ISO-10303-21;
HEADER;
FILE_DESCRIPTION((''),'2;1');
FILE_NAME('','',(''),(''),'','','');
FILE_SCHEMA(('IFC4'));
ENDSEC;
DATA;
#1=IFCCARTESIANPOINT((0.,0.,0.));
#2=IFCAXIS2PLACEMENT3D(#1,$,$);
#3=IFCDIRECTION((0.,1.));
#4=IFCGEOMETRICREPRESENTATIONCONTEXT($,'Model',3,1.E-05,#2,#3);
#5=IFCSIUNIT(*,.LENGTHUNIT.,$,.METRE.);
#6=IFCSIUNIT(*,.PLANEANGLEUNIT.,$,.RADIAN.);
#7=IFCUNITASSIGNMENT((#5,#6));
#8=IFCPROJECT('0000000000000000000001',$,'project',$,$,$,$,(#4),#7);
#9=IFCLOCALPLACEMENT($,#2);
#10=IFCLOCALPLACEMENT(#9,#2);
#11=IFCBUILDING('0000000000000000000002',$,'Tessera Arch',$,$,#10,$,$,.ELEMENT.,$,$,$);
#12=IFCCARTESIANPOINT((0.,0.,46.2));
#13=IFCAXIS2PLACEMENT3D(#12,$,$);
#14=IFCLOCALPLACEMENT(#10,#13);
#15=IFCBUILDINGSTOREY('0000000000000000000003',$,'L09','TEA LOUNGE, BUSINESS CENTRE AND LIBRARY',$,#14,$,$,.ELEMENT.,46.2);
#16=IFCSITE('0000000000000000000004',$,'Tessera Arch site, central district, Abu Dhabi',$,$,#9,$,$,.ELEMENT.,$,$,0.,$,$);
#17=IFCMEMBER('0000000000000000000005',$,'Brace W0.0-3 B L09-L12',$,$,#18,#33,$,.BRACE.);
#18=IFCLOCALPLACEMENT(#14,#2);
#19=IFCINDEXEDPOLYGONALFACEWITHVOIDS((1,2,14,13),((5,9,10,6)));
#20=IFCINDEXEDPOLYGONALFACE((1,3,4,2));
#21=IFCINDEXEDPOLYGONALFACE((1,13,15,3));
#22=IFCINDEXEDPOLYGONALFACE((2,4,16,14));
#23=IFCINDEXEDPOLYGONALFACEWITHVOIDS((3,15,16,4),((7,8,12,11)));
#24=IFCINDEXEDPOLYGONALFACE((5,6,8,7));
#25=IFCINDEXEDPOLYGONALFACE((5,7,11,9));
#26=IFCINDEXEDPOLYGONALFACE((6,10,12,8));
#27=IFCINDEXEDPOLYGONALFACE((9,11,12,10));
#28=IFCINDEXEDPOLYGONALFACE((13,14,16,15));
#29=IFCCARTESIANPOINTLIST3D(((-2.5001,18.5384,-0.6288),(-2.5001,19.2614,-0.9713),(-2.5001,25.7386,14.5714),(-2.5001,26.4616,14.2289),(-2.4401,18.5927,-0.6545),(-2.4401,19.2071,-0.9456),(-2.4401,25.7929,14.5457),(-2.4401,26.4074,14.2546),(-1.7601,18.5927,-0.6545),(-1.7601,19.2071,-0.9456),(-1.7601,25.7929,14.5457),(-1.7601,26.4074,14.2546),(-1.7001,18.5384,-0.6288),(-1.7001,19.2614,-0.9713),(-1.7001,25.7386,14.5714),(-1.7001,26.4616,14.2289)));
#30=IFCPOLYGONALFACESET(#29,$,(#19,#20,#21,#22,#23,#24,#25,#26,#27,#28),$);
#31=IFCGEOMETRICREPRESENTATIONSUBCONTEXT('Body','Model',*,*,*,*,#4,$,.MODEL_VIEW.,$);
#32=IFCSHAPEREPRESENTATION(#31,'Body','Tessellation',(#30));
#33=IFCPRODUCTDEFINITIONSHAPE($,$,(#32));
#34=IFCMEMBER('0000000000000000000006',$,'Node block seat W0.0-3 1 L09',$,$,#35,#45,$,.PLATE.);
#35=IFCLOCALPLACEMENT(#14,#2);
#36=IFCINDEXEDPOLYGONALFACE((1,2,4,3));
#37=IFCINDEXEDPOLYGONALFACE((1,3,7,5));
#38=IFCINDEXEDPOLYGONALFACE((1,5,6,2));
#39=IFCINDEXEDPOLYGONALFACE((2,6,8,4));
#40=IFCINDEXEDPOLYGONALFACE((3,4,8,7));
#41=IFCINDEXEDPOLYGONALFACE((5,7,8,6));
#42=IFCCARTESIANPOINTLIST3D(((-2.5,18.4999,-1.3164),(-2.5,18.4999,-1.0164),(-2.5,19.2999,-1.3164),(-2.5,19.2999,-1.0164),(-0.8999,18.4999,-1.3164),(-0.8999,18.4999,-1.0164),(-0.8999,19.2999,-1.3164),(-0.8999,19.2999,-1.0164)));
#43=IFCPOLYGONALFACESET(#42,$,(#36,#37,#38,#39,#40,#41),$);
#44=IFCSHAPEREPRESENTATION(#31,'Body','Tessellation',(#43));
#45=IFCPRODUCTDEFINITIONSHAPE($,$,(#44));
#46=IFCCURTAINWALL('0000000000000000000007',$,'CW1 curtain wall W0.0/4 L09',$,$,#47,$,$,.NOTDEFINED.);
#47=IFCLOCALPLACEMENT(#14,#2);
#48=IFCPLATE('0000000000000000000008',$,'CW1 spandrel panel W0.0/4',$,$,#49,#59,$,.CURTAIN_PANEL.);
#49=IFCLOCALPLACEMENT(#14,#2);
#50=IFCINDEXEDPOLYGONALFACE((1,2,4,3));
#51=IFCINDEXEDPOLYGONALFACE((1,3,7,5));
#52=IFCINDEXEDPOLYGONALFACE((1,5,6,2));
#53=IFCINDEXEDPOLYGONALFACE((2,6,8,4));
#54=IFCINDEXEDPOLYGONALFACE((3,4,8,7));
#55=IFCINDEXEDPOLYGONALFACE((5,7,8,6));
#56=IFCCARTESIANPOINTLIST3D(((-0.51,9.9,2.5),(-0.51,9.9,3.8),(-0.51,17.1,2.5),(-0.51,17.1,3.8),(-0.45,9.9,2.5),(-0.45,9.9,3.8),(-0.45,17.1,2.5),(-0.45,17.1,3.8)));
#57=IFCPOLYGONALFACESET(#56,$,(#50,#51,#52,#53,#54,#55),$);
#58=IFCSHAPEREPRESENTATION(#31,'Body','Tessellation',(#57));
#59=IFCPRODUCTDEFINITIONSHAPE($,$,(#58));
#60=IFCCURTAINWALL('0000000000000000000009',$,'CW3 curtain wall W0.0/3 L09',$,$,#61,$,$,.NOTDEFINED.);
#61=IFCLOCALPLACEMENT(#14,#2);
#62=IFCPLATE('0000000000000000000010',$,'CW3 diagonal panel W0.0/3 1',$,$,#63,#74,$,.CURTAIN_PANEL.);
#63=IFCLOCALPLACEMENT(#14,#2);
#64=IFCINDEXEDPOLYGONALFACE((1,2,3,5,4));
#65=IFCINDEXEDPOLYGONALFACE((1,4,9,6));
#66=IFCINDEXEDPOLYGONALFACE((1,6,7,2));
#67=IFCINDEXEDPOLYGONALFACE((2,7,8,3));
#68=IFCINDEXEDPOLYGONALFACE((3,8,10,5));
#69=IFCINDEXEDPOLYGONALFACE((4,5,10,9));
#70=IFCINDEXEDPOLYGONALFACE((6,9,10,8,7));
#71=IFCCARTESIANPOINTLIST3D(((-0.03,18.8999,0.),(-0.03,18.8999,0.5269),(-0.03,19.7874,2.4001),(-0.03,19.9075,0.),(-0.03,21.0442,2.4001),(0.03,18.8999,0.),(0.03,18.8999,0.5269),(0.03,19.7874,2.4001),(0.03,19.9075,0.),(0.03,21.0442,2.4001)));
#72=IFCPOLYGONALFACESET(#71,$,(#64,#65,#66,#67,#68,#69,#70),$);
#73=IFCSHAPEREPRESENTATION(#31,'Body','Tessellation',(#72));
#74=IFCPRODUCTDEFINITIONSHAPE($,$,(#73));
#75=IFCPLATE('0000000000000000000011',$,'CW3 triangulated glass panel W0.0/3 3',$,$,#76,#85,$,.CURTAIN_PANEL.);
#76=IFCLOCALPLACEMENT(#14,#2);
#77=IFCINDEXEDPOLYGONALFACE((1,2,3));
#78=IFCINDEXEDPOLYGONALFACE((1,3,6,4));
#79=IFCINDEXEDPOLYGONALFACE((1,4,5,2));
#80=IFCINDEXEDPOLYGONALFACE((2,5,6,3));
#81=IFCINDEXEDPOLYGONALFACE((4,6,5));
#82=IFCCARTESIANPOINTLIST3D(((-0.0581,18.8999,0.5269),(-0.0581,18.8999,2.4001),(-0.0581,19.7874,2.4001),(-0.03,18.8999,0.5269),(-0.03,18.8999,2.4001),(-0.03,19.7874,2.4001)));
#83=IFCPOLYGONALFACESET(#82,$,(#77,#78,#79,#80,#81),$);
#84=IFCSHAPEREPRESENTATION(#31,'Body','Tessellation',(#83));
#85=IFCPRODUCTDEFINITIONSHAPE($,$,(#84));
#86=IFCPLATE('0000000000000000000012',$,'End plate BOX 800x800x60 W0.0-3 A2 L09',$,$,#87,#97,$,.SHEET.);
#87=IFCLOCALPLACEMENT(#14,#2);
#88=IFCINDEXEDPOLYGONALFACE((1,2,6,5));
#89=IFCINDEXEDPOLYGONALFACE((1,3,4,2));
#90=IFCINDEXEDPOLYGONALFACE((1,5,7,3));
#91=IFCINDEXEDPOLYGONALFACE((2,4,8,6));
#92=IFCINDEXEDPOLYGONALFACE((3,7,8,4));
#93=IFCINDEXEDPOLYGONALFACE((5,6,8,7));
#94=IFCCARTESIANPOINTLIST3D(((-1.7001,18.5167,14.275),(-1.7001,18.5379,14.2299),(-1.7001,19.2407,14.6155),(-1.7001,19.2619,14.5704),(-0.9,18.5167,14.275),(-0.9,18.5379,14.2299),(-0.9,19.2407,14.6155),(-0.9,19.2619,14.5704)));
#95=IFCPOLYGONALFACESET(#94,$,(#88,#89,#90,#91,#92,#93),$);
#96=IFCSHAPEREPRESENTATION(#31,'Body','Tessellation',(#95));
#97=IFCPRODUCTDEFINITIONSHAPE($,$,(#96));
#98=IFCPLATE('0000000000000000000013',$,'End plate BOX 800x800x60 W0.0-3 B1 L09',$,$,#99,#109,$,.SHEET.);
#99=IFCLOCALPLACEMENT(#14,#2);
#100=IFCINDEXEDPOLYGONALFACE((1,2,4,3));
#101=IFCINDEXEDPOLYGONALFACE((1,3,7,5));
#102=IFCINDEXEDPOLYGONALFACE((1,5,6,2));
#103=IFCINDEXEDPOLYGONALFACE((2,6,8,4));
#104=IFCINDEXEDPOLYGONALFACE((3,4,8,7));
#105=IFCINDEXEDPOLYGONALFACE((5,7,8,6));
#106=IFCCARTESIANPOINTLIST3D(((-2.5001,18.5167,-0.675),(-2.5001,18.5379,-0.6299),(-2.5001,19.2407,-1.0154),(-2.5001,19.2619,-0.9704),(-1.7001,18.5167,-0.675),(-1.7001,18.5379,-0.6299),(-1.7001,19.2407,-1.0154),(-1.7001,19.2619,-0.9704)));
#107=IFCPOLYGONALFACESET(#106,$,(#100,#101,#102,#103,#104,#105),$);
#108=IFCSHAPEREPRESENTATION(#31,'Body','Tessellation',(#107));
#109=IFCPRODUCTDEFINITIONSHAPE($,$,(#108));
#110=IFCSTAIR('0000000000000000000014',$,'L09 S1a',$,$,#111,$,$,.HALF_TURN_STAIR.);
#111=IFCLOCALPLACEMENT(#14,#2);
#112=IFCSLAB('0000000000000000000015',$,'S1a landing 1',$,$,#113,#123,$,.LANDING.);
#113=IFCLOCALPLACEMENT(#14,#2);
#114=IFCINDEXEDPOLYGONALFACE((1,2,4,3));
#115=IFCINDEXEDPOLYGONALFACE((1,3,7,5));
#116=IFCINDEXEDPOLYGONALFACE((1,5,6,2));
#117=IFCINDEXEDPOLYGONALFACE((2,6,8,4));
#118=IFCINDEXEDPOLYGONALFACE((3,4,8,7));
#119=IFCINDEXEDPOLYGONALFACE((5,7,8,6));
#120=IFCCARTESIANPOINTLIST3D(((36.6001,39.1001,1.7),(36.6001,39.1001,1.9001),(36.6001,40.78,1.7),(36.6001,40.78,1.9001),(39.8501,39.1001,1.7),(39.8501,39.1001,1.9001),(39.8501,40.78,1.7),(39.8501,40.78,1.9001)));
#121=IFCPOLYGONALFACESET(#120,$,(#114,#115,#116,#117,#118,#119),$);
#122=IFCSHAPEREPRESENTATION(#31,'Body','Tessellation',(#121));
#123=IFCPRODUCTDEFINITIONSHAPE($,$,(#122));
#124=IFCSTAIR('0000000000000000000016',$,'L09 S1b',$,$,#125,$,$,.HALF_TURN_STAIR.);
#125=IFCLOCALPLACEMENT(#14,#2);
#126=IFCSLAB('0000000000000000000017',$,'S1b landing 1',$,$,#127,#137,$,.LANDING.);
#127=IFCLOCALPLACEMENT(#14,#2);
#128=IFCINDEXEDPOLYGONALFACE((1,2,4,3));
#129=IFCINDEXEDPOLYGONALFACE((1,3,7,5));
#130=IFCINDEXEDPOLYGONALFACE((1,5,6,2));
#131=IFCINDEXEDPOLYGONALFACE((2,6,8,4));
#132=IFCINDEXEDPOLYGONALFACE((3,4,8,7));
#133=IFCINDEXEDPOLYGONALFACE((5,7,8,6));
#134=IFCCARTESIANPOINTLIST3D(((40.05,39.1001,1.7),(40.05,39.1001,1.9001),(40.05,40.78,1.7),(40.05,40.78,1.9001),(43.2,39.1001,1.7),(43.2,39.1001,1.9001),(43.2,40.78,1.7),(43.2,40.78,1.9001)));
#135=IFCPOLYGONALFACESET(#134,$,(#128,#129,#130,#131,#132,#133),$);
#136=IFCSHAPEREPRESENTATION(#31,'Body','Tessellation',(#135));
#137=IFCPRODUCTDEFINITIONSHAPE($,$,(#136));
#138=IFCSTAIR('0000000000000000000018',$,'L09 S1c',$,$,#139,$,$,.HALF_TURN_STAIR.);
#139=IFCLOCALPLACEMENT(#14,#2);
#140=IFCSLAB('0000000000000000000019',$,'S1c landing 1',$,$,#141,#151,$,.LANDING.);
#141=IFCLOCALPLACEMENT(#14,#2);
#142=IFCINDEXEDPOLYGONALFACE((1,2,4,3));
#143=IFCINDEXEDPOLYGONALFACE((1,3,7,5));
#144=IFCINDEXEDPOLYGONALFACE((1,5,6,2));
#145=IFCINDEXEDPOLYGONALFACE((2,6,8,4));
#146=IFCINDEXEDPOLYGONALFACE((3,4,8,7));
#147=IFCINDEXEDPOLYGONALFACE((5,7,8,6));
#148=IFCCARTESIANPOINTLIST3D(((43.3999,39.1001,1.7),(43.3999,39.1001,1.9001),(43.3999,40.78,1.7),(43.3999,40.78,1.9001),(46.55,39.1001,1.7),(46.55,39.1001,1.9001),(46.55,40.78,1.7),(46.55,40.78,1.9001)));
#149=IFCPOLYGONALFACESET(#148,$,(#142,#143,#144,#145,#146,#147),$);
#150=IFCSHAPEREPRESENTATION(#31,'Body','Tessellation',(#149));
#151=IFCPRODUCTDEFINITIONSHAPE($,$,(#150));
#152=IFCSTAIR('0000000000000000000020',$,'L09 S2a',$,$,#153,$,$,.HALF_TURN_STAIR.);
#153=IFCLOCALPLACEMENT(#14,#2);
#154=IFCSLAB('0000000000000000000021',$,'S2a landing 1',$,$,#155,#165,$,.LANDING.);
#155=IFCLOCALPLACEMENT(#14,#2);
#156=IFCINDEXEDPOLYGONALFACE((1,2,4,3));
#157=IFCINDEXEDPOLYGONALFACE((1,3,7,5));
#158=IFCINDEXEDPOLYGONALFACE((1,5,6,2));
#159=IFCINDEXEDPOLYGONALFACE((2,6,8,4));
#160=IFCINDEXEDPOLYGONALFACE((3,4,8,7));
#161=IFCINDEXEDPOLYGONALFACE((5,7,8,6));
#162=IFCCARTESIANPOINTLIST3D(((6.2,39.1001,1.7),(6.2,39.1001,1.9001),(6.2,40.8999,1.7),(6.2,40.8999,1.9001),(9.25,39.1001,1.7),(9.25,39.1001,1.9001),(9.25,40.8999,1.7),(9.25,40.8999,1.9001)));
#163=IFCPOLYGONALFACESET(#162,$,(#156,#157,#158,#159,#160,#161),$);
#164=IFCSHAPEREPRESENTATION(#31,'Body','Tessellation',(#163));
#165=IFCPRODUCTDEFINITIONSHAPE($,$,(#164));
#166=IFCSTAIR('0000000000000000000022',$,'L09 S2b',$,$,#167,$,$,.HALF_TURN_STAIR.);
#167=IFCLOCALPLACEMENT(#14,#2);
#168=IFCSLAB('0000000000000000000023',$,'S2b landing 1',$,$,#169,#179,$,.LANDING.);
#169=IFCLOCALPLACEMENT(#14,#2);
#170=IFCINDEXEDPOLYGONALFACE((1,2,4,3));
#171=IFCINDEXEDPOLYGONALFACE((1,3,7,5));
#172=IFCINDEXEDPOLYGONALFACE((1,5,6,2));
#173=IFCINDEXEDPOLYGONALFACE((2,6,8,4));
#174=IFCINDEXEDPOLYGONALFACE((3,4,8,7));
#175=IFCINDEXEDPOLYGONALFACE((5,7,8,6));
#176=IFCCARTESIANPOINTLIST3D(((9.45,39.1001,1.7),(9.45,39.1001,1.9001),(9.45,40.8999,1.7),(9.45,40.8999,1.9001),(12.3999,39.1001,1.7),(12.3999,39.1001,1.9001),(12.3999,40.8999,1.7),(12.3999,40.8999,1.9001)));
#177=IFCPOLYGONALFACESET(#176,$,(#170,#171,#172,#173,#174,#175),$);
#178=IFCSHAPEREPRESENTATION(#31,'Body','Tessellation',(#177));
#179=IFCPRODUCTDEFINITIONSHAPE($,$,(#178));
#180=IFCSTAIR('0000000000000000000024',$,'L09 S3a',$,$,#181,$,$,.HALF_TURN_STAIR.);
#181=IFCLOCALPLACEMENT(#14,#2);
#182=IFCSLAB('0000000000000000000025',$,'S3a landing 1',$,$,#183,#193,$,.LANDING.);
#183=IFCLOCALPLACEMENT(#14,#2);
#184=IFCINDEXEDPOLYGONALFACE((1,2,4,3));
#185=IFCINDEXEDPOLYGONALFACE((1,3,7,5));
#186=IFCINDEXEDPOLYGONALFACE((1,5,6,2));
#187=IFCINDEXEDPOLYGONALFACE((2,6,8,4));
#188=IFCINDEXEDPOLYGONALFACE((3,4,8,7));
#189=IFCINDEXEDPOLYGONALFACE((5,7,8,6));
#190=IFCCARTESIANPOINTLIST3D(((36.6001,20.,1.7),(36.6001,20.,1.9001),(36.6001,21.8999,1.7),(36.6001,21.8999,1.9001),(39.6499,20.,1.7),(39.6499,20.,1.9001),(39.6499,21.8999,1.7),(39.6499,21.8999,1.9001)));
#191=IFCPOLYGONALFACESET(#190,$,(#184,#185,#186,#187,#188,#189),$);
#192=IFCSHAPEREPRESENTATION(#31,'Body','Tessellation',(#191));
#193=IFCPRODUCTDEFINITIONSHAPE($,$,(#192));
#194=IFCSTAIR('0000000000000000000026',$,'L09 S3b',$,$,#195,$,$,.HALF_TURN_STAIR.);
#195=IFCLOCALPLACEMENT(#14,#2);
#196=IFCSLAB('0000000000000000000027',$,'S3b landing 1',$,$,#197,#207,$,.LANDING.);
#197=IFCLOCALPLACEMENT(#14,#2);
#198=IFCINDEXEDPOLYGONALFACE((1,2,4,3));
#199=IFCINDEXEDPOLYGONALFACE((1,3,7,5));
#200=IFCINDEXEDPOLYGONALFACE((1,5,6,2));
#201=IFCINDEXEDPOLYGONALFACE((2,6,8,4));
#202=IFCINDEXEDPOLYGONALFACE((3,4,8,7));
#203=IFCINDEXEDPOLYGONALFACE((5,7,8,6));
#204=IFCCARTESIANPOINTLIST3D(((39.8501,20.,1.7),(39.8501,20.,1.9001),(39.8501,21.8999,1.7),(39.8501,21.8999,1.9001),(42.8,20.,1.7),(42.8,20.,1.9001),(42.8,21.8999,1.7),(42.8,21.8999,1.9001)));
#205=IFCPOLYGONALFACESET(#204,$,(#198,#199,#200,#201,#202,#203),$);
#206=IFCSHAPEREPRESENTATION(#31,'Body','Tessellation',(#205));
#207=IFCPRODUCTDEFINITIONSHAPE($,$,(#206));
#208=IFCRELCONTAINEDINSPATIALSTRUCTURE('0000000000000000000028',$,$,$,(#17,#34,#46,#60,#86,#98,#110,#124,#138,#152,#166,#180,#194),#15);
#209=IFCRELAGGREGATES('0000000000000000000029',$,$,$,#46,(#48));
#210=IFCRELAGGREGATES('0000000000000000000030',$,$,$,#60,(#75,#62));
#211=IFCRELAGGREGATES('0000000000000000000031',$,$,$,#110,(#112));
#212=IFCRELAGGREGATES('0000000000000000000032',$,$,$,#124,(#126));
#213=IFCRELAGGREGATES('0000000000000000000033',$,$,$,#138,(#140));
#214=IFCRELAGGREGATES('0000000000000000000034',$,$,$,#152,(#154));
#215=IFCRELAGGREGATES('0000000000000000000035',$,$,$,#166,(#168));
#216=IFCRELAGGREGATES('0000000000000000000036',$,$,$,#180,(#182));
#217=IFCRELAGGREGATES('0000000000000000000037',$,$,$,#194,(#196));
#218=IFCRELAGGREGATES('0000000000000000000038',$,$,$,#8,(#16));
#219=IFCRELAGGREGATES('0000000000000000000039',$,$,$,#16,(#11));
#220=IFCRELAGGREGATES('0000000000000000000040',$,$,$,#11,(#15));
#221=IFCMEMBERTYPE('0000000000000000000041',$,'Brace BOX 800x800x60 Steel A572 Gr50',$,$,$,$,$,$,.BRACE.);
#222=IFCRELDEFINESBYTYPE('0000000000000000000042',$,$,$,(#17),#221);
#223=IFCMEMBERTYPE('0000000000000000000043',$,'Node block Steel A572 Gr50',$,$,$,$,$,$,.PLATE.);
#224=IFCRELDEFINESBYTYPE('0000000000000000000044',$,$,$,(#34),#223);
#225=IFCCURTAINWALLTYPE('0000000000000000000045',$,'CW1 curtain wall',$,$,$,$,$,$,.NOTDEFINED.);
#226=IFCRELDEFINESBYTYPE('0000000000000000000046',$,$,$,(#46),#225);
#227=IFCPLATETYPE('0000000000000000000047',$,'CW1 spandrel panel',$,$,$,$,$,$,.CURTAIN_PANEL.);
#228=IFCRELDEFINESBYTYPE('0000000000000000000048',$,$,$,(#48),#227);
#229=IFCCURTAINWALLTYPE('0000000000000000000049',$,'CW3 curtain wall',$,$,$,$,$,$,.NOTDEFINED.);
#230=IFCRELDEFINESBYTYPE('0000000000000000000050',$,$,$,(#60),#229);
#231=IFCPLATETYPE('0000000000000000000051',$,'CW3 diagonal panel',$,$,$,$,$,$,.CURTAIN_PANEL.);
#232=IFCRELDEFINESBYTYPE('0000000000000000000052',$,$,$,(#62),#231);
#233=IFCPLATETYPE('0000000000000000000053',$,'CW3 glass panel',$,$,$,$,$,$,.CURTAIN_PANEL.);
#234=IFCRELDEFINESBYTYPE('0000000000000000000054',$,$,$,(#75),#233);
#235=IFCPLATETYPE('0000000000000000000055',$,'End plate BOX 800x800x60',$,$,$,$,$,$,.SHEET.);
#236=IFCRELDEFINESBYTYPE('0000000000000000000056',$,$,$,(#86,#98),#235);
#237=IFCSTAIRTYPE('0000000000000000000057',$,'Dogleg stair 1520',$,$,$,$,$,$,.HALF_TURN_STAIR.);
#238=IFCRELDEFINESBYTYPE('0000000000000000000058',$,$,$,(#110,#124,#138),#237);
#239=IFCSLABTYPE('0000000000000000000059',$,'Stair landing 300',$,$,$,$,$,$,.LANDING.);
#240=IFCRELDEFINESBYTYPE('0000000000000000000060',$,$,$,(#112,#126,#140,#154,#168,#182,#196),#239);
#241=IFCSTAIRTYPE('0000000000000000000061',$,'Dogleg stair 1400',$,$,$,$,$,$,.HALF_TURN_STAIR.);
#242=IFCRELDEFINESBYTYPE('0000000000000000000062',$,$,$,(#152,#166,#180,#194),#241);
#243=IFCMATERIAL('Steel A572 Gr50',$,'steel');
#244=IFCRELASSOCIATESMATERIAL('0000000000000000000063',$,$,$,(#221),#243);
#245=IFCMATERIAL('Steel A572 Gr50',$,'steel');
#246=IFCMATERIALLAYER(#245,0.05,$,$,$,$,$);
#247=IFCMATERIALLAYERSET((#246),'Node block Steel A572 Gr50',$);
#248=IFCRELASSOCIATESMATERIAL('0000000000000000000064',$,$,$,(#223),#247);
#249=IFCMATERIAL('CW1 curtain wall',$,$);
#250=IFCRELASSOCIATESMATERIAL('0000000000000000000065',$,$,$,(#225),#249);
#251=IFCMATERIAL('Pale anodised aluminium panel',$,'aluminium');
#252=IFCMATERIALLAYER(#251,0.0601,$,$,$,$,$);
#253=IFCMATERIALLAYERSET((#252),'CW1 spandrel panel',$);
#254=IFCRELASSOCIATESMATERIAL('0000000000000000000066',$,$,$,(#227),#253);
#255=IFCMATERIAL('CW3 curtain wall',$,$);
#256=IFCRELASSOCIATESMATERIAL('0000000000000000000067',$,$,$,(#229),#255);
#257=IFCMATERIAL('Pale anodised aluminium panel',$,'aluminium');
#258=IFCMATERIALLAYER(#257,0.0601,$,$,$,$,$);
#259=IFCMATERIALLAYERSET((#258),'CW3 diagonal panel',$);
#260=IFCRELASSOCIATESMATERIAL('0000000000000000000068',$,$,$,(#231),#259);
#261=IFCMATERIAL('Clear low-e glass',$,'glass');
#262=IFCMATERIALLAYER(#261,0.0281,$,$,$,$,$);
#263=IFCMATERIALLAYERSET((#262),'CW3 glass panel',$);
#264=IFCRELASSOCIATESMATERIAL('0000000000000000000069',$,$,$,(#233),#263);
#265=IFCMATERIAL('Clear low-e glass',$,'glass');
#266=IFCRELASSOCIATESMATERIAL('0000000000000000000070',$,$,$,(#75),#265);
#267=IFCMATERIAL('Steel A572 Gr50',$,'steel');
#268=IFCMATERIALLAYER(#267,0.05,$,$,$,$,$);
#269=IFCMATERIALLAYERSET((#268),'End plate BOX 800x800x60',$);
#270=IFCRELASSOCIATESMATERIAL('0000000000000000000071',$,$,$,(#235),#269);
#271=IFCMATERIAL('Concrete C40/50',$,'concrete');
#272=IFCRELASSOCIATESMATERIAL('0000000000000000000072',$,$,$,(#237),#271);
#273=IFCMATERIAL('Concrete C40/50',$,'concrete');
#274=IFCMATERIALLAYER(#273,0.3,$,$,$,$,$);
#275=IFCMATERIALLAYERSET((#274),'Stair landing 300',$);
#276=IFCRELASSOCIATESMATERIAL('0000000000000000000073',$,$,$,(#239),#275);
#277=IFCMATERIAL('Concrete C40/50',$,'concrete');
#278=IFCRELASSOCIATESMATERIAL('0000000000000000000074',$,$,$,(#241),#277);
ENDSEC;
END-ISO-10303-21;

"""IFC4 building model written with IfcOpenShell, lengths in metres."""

from ifc_helpers import new_model, si_unit, direction, frame, origin, origin_2d, place, context, subcontext, project, spatial, polyline, rectangle, hollow_rectangle, outline, extrude, material, layer, layer_set, material_profile, profile_set, type_object, element, aggregate, save


model = new_model("IFC4")

# Units and contexts
model_context = context("Model", 3, precision=1e-05, world=origin(), true_north=direction((0.0, 1.0)))
body_context = subcontext(model_context, "Body", "Model", "MODEL_VIEW")
ifc_project = project(units=[si_unit("LENGTHUNIT", "METRE"), si_unit("PLANEANGLEUNIT", "RADIAN")], contexts=[model_context])

# Site, building, storey
site_placement = place(None, origin())
site = spatial("IfcSite", under=ifc_project, at=site_placement, Name="Tessera Arch site, central district, Abu Dhabi", CompositionType="ELEMENT", RefElevation=0.0)
building_placement = place(site_placement, origin())
building = spatial("IfcBuilding", under=site, at=building_placement, Name="Tessera Arch", CompositionType="ELEMENT")
storey_placement = place(building_placement, frame((0.0, 0.0, 46.2)))
storey = spatial("IfcBuildingStorey", under=building, at=storey_placement, Name="L09", Description="TEA LOUNGE, BUSINESS CENTRE AND LIBRARY", CompositionType="ELEMENT", Elevation=46.2)

# Members
ifc_material_1 = material(Name="Steel A572 Gr50", Category="steel")
ifc_material_profile = material_profile(ifc_material_1, hollow_rectangle(XDim=0.8, YDim=0.8, WallThickness=0.0601, at=origin_2d()), Name="BOX 800x800x60")
ifc_profile_set = profile_set([ifc_material_profile], Name="Steel A572 Gr50")
member_type_1 = type_object("IfcMemberType", Name="Brace BOX 800x800x60 Steel A572 Gr50", PredefinedType="BRACE", material=ifc_profile_set)
member_1_placement = place(storey_placement, frame((-2.1001, 18.8999, -0.8), z_axis=(0.0, 0.428091, 0.903735), x_axis=(-1.0, 0.0, 0.0)))
element("IfcMember", 1, at=member_1_placement, inside=storey, type_object=member_type_1, Name="Brace W0.0-3 B L09-L12", PredefinedType="BRACE", context=body_context, shape_type="SweptSolid", body=[
    extrude(hollow_rectangle(XDim=0.8, YDim=0.8, WallThickness=0.0601, at=origin_2d()), origin(), (0.0, 0.0, 1.0), 16.8193),
])
ifc_material_2 = material(Name="Steel A572 Gr50", Category="steel")
ifc_layer_1 = layer(ifc_material_2, 0.05)
ifc_layer_set_1 = layer_set([ifc_layer_1], Name="Node block Steel A572 Gr50")
member_type_2 = type_object("IfcMemberType", Name="Node block Steel A572 Gr50", PredefinedType="PLATE", material=ifc_layer_set_1)
member_2_placement = place(storey_placement, frame((-1.7, 18.8999, -1.3164), z_axis=(0.0, 0.0, 1.0), x_axis=(0.0, -1.0, 0.0)))
element("IfcMember", 2, at=member_2_placement, inside=storey, type_object=member_type_2, Name="Node block seat W0.0-3 1 L09", PredefinedType="PLATE", context=body_context, shape_type="SweptSolid", body=[
    extrude(rectangle(XDim=0.8, YDim=1.6001, at=origin_2d()), origin(), (0.0, 0.0, 1.0), 0.3),
])

# Curtain wall, plate
ifc_material_3 = material(Name="CW1 curtain wall")
curtain_wall_type_1 = type_object("IfcCurtainWallType", Name="CW1 curtain wall", PredefinedType="NOTDEFINED", material=ifc_material_3)
curtain_wall_1_placement = place(storey_placement, origin())
curtain_wall_1 = element("IfcCurtainWall", 3, at=curtain_wall_1_placement, inside=storey, type_object=curtain_wall_type_1, Name="CW1 curtain wall W0.0/4 L09", PredefinedType="NOTDEFINED")
ifc_material_4 = material(Name="Pale anodised aluminium panel", Category="aluminium")
ifc_layer_2 = layer(ifc_material_4, 0.0601)
ifc_layer_set_2 = layer_set([ifc_layer_2], Name="CW1 spandrel panel")
plate_type_1 = type_object("IfcPlateType", Name="CW1 spandrel panel", PredefinedType="CURTAIN_PANEL", material=ifc_layer_set_2)
plate_1_placement = place(storey_placement, frame((-0.48, 13.5, 2.5), z_axis=(0.0, 0.0, 1.0), x_axis=(0.0, -1.0, 0.0)))
plate_1 = element("IfcPlate", 4, at=plate_1_placement, type_object=plate_type_1, Name="CW1 spandrel panel W0.0/4", PredefinedType="CURTAIN_PANEL", context=body_context, shape_type="SweptSolid", body=[
    extrude(rectangle(XDim=7.2, YDim=0.0601, at=origin_2d()), origin(), (0.0, 0.0, 1.0), 1.3),
])
aggregate(curtain_wall_1, [plate_1])

# Curtain wall, plates
ifc_material_5 = material(Name="CW3 curtain wall")
curtain_wall_type_2 = type_object("IfcCurtainWallType", Name="CW3 curtain wall", PredefinedType="NOTDEFINED", material=ifc_material_5)
curtain_wall_2_placement = place(storey_placement, origin())
curtain_wall_2 = element("IfcCurtainWall", 5, at=curtain_wall_2_placement, inside=storey, type_object=curtain_wall_type_2, Name="CW3 curtain wall W0.0/3 L09", PredefinedType="NOTDEFINED")
ifc_material_6 = material(Name="Pale anodised aluminium panel", Category="aluminium")
ifc_layer_3 = layer(ifc_material_6, 0.0601)
ifc_layer_set_3 = layer_set([ifc_layer_3], Name="CW3 diagonal panel")
plate_type_2 = type_object("IfcPlateType", Name="CW3 diagonal panel", PredefinedType="CURTAIN_PANEL", material=ifc_layer_set_3)
plate_2_placement = place(storey_placement, frame((-0.03, 18.8999, 0.0), z_axis=(-1.0, 0.0, 0.0), x_axis=(0.0, 0.0, 1.0)))
plate_2 = element("IfcPlate", 6, at=plate_2_placement, type_object=plate_type_2, Name="CW3 diagonal panel W0.0/3 1", PredefinedType="CURTAIN_PANEL", context=body_context, shape_type="SweptSolid", body=[
    extrude(outline(polyline([(0.0, 0.0), (0.5269, 0.0), (2.4001, 0.8875), (2.4001, 2.1443), (0.0, 1.0076), (0.0, 0.0)])), origin(), (0.0, 0.0, -1.0), 0.0601),
])
ifc_material_7 = material(Name="Clear low-e glass", Category="glass")
ifc_material_8 = material(Name="Clear low-e glass", Category="glass")
ifc_layer_4 = layer(ifc_material_8, 0.0281)
ifc_layer_set_4 = layer_set([ifc_layer_4], Name="CW3 glass panel")
plate_type_3 = type_object("IfcPlateType", Name="CW3 glass panel", PredefinedType="CURTAIN_PANEL", material=ifc_layer_set_4)
plate_3_placement = place(storey_placement, frame((-0.0581, 18.8999, 2.4001), z_axis=(-1.0, 0.0, 0.0), x_axis=(0.0, 1.0, 0.0)))
plate_3 = element("IfcPlate", 7, at=plate_3_placement, type_object=plate_type_3, material=ifc_material_7, Name="CW3 triangulated glass panel W0.0/3 3", PredefinedType="CURTAIN_PANEL", context=body_context, shape_type="SweptSolid", body=[
    extrude(outline(polyline([(0.0, 0.0), (0.8875, 0.0), (0.0, 1.8733), (0.0, 0.0)])), origin(), (0.0, 0.0, -1.0), 0.0281),
])
aggregate(curtain_wall_2, [plate_3, plate_2])

# Plates
ifc_material_9 = material(Name="Steel A572 Gr50", Category="steel")
ifc_layer_5 = layer(ifc_material_9, 0.05)
ifc_layer_set_5 = layer_set([ifc_layer_5], Name="End plate BOX 800x800x60")
plate_type_4 = type_object("IfcPlateType", Name="End plate BOX 800x800x60", PredefinedType="SHEET", material=ifc_layer_set_5)
for number, where, z_axis, x_axis, name in (
    (8, (-1.3, 18.8999, 14.4001), (0.0, -0.425561, 0.90493), (1.0, 0.0, 0.0), "End plate BOX 800x800x60 W0.0-3 A2 L09"),
    (9, (-2.1001, 18.8787, -0.8452), (0.0, 0.425561, 0.90493), (-1.0, 0.0, 0.0), "End plate BOX 800x800x60 W0.0-3 B1 L09"),
):
    element("IfcPlate", number, at=place(storey_placement, frame(where, z_axis=z_axis, x_axis=x_axis)), inside=storey, type_object=plate_type_4, Name=name, PredefinedType="SHEET", context=body_context, shape_type="SweptSolid", body=[
        extrude(rectangle(XDim=0.8, YDim=0.8, at=origin_2d()), origin(), (0.0, 0.0, 1.0), 0.0498),
    ])

# Stairs, slabs
ifc_material_10 = material(Name="Concrete C40/50", Category="concrete")
stair_type_1 = type_object("IfcStairType", Name="Dogleg stair 1520", PredefinedType="HALF_TURN_STAIR", material=ifc_material_10)
stair_1_placement = place(storey_placement, origin())
stair_1 = element("IfcStair", 10, at=stair_1_placement, inside=storey, type_object=stair_type_1, Name="L09 S1a", PredefinedType="HALF_TURN_STAIR")
ifc_material_11 = material(Name="Concrete C40/50", Category="concrete")
ifc_layer_6 = layer(ifc_material_11, 0.3)
ifc_layer_set_6 = layer_set([ifc_layer_6], Name="Stair landing 300")
slab_type = type_object("IfcSlabType", Name="Stair landing 300", PredefinedType="LANDING", material=ifc_layer_set_6)
slab_1_placement = place(storey_placement, frame((0.0, 0.0, 1.7)))
slab_1 = element("IfcSlab", 11, at=slab_1_placement, type_object=slab_type, Name="S1a landing 1", PredefinedType="LANDING", context=body_context, shape_type="SweptSolid", body=[
    extrude(outline(polyline([(36.6001, 40.78), (36.6001, 39.1001), (39.8501, 39.1001), (39.8501, 40.78), (36.6001, 40.78)])), origin(), (0.0, 0.0, 1.0), 0.2002),
])
aggregate(stair_1, [slab_1])
stair_2_placement = place(storey_placement, origin())
stair_2 = element("IfcStair", 12, at=stair_2_placement, inside=storey, type_object=stair_type_1, Name="L09 S1b", PredefinedType="HALF_TURN_STAIR")
slab_2_placement = place(storey_placement, frame((0.0, 0.0, 1.7)))
slab_2 = element("IfcSlab", 13, at=slab_2_placement, type_object=slab_type, Name="S1b landing 1", PredefinedType="LANDING", context=body_context, shape_type="SweptSolid", body=[
    extrude(outline(polyline([(40.05, 40.78), (40.05, 39.1001), (43.2, 39.1001), (43.2, 40.78), (40.05, 40.78)])), origin(), (0.0, 0.0, 1.0), 0.2002),
])
aggregate(stair_2, [slab_2])
stair_3_placement = place(storey_placement, origin())
stair_3 = element("IfcStair", 14, at=stair_3_placement, inside=storey, type_object=stair_type_1, Name="L09 S1c", PredefinedType="HALF_TURN_STAIR")
slab_3_placement = place(storey_placement, frame((0.0, 0.0, 1.7)))
slab_3 = element("IfcSlab", 15, at=slab_3_placement, type_object=slab_type, Name="S1c landing 1", PredefinedType="LANDING", context=body_context, shape_type="SweptSolid", body=[
    extrude(outline(polyline([(43.3999, 40.78), (43.3999, 39.1001), (46.55, 39.1001), (46.55, 40.78), (43.3999, 40.78)])), origin(), (0.0, 0.0, 1.0), 0.2002),
])
aggregate(stair_3, [slab_3])
ifc_material_12 = material(Name="Concrete C40/50", Category="concrete")
stair_type_2 = type_object("IfcStairType", Name="Dogleg stair 1400", PredefinedType="HALF_TURN_STAIR", material=ifc_material_12)
stair_4_placement = place(storey_placement, origin())
stair_4 = element("IfcStair", 16, at=stair_4_placement, inside=storey, type_object=stair_type_2, Name="L09 S2a", PredefinedType="HALF_TURN_STAIR")
slab_4_placement = place(storey_placement, frame((0.0, 0.0, 1.7)))
slab_4 = element("IfcSlab", 17, at=slab_4_placement, type_object=slab_type, Name="S2a landing 1", PredefinedType="LANDING", context=body_context, shape_type="SweptSolid", body=[
    extrude(outline(polyline([(6.2, 40.8999), (6.2, 39.1001), (9.25, 39.1001), (9.25, 40.8999), (6.2, 40.8999)])), origin(), (0.0, 0.0, 1.0), 0.2002),
])
aggregate(stair_4, [slab_4])
stair_5_placement = place(storey_placement, origin())
stair_5 = element("IfcStair", 18, at=stair_5_placement, inside=storey, type_object=stair_type_2, Name="L09 S2b", PredefinedType="HALF_TURN_STAIR")
slab_5_placement = place(storey_placement, frame((0.0, 0.0, 1.7)))
slab_5 = element("IfcSlab", 19, at=slab_5_placement, type_object=slab_type, Name="S2b landing 1", PredefinedType="LANDING", context=body_context, shape_type="SweptSolid", body=[
    extrude(outline(polyline([(9.45, 40.8999), (9.45, 39.1001), (12.3999, 39.1001), (12.3999, 40.8999), (9.45, 40.8999)])), origin(), (0.0, 0.0, 1.0), 0.2002),
])
aggregate(stair_5, [slab_5])
stair_6_placement = place(storey_placement, origin())
stair_6 = element("IfcStair", 20, at=stair_6_placement, inside=storey, type_object=stair_type_2, Name="L09 S3a", PredefinedType="HALF_TURN_STAIR")
slab_6_placement = place(storey_placement, frame((0.0, 0.0, 1.7)))
slab_6 = element("IfcSlab", 21, at=slab_6_placement, type_object=slab_type, Name="S3a landing 1", PredefinedType="LANDING", context=body_context, shape_type="SweptSolid", body=[
    extrude(outline(polyline([(39.6499, 20.0), (39.6499, 21.8999), (36.6001, 21.8999), (36.6001, 20.0), (39.6499, 20.0)])), origin(), (0.0, 0.0, 1.0), 0.2002),
])
aggregate(stair_6, [slab_6])
stair_7_placement = place(storey_placement, origin())
stair_7 = element("IfcStair", 22, at=stair_7_placement, inside=storey, type_object=stair_type_2, Name="L09 S3b", PredefinedType="HALF_TURN_STAIR")
slab_7_placement = place(storey_placement, frame((0.0, 0.0, 1.7)))
slab_7 = element("IfcSlab", 23, at=slab_7_placement, type_object=slab_type, Name="S3b landing 1", PredefinedType="LANDING", context=body_context, shape_type="SweptSolid", body=[
    extrude(outline(polyline([(42.8, 20.0), (42.8, 21.8999), (39.8501, 21.8999), (39.8501, 20.0), (42.8, 20.0)])), origin(), (0.0, 0.0, 1.0), 0.2002),
])
aggregate(stair_7, [slab_7])

save(model, "model.ifc")
